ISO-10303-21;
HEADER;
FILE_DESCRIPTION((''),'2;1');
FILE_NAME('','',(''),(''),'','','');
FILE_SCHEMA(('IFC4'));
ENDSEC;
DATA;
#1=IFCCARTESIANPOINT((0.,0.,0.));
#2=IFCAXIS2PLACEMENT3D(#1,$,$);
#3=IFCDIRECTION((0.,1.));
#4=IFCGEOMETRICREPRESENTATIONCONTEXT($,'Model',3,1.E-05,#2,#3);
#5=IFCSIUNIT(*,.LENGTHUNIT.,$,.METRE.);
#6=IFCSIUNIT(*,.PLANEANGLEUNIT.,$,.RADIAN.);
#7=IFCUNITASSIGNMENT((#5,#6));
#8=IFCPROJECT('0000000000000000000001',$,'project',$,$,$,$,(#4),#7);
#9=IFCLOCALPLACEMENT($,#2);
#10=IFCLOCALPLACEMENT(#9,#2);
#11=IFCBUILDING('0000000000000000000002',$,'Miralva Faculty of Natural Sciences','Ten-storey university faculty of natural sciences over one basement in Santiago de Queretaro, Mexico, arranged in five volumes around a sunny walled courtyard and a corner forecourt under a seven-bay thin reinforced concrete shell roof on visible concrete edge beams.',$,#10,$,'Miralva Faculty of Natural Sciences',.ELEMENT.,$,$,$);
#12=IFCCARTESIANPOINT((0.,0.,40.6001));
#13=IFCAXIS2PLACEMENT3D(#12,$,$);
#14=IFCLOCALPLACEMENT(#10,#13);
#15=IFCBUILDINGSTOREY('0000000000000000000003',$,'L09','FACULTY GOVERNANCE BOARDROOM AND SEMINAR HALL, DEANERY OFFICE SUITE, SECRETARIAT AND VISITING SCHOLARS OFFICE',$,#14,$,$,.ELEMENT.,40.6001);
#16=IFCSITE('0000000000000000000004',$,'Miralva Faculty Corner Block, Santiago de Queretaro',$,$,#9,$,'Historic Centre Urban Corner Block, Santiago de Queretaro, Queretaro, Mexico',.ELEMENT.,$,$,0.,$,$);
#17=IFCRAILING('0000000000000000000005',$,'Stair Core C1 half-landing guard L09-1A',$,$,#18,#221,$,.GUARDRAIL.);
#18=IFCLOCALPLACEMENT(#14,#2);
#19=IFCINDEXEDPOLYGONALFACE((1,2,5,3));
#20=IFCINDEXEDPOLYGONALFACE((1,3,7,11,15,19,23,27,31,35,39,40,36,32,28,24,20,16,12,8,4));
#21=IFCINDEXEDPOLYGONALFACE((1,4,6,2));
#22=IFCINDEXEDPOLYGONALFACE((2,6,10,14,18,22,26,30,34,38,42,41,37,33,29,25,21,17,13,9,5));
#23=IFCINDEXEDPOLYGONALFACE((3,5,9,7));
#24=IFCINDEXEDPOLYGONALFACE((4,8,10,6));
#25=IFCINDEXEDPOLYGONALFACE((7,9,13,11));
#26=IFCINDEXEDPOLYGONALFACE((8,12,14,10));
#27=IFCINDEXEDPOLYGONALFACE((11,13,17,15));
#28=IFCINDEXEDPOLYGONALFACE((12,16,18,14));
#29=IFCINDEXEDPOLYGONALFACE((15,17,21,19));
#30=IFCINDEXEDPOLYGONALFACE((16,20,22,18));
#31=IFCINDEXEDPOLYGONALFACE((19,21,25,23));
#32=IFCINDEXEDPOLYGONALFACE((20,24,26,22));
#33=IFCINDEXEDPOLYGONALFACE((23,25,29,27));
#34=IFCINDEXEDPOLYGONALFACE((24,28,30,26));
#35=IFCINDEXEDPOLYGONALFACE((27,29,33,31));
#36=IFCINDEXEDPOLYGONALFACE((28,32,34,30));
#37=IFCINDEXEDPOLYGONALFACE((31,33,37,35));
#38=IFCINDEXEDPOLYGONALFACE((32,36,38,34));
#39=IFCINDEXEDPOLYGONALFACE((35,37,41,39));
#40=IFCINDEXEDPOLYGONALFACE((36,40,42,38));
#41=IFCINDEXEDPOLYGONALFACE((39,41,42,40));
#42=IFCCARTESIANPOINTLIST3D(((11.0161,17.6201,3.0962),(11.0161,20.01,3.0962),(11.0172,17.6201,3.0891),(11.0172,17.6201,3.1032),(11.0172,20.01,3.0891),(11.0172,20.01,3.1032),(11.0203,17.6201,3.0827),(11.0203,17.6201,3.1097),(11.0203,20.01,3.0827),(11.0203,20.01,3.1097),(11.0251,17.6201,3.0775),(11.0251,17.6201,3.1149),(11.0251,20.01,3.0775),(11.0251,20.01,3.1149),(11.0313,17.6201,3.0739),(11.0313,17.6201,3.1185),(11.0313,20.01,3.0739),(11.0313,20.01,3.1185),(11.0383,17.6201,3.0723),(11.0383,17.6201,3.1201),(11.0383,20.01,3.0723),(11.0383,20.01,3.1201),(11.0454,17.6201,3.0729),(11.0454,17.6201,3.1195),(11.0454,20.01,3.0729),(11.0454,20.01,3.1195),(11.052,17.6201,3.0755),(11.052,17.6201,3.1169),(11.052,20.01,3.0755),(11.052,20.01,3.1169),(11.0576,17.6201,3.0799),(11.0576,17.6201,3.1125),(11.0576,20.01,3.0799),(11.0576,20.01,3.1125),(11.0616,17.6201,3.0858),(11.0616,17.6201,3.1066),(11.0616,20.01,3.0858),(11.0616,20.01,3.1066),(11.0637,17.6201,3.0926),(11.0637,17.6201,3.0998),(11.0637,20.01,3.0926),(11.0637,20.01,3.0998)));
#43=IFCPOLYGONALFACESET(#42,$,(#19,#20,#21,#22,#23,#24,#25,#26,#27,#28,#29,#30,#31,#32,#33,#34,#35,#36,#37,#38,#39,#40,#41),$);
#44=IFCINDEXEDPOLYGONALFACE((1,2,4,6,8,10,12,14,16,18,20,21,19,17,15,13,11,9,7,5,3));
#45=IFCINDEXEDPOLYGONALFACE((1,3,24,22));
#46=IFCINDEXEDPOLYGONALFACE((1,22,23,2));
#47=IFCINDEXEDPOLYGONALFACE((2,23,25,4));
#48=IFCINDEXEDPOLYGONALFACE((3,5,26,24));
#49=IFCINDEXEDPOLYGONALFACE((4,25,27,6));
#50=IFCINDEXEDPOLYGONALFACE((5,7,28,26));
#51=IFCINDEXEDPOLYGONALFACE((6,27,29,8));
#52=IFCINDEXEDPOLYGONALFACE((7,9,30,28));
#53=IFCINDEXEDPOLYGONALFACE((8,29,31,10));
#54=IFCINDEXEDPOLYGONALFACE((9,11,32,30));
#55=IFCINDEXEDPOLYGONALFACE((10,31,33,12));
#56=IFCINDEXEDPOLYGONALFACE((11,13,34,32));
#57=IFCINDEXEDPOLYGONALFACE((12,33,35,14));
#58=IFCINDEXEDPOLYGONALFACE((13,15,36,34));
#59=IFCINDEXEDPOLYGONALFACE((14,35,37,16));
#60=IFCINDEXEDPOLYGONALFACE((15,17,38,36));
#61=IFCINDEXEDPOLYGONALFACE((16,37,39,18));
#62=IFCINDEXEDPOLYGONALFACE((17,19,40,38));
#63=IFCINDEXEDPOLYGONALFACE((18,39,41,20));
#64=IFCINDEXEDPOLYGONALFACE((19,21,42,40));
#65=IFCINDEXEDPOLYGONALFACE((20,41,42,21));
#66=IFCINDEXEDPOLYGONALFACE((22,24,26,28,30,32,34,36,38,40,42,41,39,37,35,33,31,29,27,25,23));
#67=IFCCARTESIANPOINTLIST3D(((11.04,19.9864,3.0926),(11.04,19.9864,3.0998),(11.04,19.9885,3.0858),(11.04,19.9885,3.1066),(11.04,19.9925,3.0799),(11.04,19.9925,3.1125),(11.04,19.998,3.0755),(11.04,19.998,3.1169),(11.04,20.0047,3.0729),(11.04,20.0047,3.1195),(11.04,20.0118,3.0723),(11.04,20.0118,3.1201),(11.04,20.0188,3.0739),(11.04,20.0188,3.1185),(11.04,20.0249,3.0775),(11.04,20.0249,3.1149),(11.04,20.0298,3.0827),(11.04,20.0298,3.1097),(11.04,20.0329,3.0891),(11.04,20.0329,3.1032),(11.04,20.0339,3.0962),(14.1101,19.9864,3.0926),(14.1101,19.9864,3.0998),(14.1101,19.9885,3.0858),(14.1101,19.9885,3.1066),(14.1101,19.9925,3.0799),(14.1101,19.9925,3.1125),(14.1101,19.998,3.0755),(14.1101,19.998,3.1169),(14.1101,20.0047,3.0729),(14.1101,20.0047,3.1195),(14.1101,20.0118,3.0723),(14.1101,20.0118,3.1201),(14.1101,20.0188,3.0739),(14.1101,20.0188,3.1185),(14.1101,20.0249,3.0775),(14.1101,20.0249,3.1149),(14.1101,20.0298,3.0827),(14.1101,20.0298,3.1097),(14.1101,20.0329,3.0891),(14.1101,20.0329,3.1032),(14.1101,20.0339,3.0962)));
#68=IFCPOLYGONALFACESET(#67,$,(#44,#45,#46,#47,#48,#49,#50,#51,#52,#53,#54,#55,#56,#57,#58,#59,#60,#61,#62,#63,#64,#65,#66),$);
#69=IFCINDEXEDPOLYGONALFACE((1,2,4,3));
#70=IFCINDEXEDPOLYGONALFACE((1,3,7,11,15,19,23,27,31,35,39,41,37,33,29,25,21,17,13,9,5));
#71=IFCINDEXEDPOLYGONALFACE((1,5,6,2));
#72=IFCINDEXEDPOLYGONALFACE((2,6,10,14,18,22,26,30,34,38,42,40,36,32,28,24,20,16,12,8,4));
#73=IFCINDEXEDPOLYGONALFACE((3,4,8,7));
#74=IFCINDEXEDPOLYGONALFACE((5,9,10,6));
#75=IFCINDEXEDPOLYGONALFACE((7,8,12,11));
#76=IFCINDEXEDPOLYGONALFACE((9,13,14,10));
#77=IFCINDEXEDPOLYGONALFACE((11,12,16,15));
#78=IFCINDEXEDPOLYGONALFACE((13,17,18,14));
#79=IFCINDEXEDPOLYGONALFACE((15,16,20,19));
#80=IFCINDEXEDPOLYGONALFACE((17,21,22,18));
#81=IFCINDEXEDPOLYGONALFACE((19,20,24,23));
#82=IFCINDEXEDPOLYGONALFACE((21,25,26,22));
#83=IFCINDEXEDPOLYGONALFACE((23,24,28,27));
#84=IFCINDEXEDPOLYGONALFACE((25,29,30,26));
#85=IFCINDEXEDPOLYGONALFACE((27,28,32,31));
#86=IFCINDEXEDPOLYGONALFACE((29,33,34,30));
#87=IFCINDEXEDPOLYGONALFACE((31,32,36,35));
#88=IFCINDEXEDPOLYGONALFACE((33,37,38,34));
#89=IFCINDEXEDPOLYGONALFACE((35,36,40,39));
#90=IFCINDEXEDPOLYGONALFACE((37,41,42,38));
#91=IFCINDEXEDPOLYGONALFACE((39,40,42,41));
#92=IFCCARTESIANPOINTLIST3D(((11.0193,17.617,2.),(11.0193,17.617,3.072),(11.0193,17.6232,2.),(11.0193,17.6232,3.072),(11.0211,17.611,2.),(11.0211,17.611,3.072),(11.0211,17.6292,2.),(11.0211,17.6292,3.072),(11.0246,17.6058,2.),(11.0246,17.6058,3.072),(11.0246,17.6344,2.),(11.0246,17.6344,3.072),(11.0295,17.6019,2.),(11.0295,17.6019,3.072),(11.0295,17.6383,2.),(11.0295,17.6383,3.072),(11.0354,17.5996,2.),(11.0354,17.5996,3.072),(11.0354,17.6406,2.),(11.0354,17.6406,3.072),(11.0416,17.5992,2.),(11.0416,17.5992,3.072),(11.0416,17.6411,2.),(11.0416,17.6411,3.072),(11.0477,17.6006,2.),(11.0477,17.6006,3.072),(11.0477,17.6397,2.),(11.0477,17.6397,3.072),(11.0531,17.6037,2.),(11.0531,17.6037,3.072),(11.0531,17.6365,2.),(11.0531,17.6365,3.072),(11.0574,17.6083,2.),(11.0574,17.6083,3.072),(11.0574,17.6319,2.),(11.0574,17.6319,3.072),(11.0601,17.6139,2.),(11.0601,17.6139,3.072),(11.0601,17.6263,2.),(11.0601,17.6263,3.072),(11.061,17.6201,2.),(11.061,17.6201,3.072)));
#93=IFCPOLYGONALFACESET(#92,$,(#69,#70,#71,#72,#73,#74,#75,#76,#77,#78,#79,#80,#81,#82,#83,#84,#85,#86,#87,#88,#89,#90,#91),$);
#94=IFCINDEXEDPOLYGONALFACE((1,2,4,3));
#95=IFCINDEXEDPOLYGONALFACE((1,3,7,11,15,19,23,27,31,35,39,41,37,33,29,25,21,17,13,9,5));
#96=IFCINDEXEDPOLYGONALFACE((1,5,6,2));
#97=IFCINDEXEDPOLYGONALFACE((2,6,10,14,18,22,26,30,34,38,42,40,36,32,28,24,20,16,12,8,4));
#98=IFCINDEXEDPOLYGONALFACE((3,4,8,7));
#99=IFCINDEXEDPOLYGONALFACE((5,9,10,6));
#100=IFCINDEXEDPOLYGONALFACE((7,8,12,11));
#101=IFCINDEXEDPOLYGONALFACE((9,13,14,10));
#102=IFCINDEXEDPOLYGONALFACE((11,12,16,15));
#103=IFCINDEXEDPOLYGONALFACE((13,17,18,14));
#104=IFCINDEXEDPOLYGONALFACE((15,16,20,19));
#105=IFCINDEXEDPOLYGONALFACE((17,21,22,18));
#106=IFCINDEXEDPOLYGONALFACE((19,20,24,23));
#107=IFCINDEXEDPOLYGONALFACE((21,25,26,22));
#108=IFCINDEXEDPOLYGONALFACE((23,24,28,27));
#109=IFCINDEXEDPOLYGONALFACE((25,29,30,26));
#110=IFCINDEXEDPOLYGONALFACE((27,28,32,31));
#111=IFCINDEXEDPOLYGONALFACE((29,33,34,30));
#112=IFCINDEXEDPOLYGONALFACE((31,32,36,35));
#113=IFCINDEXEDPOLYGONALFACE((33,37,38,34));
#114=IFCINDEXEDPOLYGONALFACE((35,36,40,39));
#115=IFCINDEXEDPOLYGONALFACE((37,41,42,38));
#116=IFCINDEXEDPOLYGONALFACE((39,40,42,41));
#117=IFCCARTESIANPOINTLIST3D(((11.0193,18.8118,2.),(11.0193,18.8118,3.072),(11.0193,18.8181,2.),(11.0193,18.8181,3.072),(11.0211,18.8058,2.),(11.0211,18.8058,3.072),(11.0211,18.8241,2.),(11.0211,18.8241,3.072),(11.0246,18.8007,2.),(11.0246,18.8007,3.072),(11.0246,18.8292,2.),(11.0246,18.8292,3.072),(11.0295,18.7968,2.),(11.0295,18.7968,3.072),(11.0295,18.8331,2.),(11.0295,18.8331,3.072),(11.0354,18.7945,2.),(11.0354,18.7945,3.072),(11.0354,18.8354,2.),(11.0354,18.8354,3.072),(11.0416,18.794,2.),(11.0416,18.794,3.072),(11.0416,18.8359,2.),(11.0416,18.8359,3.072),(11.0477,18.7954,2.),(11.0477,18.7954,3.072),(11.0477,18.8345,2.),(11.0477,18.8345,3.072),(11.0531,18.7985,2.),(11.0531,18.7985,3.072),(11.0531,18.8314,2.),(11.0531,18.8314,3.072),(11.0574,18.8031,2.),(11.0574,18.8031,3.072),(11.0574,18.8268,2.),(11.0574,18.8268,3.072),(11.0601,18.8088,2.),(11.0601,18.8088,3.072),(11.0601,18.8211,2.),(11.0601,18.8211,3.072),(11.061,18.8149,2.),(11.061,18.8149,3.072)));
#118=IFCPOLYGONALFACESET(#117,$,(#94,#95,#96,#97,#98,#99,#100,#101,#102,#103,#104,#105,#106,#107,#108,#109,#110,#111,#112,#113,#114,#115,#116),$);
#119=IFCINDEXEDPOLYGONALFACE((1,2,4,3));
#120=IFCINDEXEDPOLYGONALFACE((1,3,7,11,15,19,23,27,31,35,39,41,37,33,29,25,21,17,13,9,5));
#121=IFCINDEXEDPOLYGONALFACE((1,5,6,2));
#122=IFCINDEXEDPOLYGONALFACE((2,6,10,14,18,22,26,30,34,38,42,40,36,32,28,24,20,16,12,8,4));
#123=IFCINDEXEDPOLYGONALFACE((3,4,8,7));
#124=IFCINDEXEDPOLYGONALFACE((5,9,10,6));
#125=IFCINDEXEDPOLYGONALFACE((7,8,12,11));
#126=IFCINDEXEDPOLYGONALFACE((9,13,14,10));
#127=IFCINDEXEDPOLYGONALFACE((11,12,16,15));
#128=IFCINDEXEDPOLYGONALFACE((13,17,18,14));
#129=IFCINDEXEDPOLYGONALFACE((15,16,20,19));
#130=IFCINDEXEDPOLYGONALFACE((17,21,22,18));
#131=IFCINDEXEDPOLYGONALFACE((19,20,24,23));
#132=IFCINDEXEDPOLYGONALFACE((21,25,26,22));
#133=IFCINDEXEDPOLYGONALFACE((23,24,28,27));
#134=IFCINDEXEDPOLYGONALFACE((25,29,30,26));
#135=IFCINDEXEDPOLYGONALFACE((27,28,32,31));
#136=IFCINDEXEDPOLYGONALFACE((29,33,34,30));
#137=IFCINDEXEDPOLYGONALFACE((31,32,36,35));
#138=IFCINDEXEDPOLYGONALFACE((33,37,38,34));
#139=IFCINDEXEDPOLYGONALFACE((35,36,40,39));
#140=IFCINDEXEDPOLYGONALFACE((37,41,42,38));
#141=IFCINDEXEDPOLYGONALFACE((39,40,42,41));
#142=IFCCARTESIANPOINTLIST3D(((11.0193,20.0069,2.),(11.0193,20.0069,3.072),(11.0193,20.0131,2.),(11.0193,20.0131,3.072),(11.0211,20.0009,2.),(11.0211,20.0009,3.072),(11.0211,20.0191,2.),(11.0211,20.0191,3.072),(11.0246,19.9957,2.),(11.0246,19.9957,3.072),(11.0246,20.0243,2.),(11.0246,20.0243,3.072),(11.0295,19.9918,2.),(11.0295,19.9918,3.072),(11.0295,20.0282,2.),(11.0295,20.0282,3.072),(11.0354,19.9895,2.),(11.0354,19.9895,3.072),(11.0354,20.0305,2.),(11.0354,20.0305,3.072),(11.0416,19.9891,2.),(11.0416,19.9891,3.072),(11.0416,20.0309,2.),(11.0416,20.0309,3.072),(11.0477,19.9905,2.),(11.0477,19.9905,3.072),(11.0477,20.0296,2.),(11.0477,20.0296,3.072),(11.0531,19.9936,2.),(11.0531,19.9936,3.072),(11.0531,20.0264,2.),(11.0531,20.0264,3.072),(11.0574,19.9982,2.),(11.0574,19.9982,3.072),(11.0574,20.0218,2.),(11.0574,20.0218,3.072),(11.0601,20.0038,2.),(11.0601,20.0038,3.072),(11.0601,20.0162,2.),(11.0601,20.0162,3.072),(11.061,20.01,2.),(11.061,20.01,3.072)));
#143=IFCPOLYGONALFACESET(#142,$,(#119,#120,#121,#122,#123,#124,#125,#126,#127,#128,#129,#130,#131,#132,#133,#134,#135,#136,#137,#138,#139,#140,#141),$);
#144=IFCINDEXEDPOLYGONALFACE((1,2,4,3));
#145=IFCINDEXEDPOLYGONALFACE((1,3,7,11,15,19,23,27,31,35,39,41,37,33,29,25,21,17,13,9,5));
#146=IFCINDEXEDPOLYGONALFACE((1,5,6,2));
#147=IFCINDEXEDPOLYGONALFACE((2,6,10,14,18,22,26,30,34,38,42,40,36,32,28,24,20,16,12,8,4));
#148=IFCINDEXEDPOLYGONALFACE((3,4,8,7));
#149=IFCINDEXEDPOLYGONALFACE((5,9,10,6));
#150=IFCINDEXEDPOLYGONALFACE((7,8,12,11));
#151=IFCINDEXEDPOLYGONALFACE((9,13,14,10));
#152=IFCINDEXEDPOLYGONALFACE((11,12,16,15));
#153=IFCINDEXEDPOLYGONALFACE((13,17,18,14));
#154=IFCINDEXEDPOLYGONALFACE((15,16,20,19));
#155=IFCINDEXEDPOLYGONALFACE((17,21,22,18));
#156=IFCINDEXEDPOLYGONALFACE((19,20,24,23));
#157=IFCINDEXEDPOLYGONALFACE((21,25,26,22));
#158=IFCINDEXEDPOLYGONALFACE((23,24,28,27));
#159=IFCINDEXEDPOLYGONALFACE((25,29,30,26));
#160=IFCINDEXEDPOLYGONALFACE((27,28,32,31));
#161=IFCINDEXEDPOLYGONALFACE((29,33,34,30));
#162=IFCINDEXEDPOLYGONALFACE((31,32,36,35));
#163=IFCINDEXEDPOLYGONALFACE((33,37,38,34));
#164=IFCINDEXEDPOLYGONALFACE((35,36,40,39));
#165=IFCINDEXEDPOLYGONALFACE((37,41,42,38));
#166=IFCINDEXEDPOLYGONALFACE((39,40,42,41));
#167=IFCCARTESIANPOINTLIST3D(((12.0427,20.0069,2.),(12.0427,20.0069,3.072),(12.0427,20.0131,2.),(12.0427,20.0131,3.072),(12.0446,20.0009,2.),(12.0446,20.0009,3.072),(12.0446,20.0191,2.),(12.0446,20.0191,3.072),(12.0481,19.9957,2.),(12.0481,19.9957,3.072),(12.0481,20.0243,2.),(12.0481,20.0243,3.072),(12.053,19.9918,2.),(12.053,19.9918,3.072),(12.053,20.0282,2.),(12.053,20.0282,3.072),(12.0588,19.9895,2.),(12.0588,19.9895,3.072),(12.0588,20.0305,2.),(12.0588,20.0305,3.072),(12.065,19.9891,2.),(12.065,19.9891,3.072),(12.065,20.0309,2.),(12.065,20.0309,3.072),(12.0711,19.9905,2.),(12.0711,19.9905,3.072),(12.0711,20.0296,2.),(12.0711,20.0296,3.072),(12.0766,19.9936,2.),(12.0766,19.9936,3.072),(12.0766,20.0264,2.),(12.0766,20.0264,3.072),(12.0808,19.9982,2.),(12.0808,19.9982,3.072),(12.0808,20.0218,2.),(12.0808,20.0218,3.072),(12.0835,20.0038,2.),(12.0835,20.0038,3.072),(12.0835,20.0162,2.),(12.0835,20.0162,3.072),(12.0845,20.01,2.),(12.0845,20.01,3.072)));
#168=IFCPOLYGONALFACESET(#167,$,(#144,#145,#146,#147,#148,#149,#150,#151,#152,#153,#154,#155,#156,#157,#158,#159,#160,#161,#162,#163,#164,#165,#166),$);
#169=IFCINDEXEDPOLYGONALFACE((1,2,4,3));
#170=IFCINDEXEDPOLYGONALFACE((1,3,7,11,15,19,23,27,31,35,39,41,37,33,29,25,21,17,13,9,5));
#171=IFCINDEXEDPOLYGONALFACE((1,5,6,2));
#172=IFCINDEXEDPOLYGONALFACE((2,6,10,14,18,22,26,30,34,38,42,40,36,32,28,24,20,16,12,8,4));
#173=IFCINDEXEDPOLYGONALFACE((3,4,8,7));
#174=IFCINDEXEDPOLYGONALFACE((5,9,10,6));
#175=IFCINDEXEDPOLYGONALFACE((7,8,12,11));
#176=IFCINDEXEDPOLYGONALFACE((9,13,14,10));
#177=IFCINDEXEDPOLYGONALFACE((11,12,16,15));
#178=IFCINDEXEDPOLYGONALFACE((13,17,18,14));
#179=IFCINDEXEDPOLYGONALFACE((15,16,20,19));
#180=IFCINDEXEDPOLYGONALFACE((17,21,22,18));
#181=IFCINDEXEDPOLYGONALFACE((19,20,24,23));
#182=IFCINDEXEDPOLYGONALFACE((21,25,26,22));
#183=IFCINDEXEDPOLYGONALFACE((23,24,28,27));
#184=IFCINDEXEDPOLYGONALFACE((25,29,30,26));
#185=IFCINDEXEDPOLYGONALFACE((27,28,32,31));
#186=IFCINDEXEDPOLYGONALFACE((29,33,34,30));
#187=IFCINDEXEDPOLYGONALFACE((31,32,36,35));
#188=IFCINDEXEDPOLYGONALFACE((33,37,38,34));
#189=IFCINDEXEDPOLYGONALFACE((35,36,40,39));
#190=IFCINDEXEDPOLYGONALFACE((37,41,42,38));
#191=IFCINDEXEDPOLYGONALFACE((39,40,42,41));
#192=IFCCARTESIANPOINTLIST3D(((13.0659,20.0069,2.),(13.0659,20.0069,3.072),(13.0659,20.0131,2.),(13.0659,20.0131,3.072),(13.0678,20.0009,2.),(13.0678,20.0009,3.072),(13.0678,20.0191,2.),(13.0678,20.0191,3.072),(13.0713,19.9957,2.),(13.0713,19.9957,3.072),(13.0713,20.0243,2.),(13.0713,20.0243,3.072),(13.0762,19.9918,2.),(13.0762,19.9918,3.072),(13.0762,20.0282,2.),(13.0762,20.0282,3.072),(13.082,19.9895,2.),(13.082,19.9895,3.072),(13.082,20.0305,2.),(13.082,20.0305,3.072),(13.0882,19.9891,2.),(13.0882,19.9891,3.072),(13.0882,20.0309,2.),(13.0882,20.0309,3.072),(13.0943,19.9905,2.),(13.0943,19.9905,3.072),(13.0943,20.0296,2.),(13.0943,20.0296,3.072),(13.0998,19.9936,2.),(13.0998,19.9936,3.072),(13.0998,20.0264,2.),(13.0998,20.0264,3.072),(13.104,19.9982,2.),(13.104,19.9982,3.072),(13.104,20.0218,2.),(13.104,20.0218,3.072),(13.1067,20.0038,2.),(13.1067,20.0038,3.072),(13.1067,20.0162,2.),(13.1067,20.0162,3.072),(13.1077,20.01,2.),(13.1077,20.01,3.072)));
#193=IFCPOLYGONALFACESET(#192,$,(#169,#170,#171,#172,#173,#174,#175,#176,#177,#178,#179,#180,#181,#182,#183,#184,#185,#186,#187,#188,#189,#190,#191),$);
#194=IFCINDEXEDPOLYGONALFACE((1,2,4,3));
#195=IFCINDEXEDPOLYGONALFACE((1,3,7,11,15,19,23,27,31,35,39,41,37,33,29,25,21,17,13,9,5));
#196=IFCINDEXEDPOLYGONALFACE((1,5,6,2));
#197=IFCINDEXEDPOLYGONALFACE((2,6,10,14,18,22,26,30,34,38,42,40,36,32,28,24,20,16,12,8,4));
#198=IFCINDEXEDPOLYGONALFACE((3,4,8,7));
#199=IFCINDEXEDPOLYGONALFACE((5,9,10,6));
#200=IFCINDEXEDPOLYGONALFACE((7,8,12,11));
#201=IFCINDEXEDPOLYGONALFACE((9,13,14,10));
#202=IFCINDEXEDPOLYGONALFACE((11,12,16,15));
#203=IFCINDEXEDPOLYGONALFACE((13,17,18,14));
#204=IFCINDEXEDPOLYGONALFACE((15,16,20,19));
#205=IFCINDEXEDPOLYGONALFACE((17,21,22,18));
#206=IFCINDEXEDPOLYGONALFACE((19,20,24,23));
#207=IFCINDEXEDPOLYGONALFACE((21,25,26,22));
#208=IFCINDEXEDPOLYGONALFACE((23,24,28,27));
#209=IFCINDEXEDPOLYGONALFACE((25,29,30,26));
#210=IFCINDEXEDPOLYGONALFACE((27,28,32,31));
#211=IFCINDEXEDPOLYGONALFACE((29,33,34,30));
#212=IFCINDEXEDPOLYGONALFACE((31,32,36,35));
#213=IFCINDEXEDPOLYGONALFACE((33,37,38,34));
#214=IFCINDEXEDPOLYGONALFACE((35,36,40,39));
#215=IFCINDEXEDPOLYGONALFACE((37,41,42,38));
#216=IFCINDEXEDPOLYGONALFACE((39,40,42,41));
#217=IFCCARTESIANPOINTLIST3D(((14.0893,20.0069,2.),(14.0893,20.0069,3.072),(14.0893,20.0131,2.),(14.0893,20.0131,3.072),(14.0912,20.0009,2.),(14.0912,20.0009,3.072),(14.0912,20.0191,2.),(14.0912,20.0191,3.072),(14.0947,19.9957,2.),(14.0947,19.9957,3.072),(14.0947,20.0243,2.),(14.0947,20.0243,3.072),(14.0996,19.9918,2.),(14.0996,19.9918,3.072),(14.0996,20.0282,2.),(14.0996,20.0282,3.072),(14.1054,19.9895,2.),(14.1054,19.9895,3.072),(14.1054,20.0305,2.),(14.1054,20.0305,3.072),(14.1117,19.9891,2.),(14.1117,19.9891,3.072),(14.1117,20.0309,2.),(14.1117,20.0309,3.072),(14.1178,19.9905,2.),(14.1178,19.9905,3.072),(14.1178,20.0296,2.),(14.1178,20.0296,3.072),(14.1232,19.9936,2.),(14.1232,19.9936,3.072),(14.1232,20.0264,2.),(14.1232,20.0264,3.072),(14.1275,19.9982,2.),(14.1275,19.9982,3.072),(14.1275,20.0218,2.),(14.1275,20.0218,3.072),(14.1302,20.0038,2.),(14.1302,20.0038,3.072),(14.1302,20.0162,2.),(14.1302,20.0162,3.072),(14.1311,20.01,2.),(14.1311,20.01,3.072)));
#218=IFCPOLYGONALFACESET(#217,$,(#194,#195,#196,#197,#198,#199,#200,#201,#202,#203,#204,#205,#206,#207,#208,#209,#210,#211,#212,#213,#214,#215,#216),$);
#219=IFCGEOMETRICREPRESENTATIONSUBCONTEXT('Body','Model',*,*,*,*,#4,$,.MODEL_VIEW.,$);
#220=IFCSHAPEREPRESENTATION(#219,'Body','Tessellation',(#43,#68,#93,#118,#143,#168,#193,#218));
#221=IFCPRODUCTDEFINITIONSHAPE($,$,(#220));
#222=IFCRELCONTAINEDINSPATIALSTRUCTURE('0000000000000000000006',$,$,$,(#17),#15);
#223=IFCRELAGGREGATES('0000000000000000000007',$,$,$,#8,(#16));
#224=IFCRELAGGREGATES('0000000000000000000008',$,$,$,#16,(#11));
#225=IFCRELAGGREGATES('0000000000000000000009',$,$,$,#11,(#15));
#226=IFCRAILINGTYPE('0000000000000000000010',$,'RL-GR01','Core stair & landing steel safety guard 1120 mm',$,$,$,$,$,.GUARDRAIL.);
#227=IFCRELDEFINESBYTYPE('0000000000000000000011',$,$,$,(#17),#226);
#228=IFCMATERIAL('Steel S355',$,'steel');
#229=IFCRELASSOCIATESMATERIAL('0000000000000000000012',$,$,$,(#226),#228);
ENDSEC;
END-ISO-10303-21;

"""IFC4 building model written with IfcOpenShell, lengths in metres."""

from ifc_helpers import new_model, si_unit, direction, frame, origin, origin_2d, place, context, subcontext, project, spatial, circle, extrude, material, type_object, element, save


model = new_model("IFC4")

# Units and contexts
model_context = context("Model", 3, precision=1e-05, world=origin(), true_north=direction((0.0, 1.0)))
body_context = subcontext(model_context, "Body", "Model", "MODEL_VIEW")
ifc_project = project(units=[si_unit("LENGTHUNIT", "METRE"), si_unit("PLANEANGLEUNIT", "RADIAN")], contexts=[model_context])

# Site, building, storey
site_placement = place(None, origin())
site = spatial("IfcSite", under=ifc_project, at=site_placement, Name="Miralva Faculty Corner Block, Santiago de Queretaro", LongName="Historic Centre Urban Corner Block, Santiago de Queretaro, Queretaro, Mexico", CompositionType="ELEMENT", RefElevation=0.0)
building_placement = place(site_placement, origin())
building = spatial("IfcBuilding", under=site, at=building_placement, Name="Miralva Faculty of Natural Sciences", Description="Ten-storey university faculty of natural sciences over one basement in Santiago de Queretaro, Mexico, arranged in five volumes around a sunny walled courtyard and a corner forecourt under a seven-bay thin reinforced concrete shell roof on visible concrete edge beams.", LongName="Miralva Faculty of Natural Sciences", CompositionType="ELEMENT")
storey_placement = place(building_placement, frame((0.0, 0.0, 40.6001)))
storey = spatial("IfcBuildingStorey", under=building, at=storey_placement, Name="L09", Description="FACULTY GOVERNANCE BOARDROOM AND SEMINAR HALL, DEANERY OFFICE SUITE, SECRETARIAT AND VISITING SCHOLARS OFFICE", CompositionType="ELEMENT", Elevation=40.6001)

# Railing
ifc_material_1 = material(Name="Steel S355", Category="steel")
railing_type_1 = type_object("IfcRailingType", Name="RL-GR01", Description="Core stair & landing steel safety guard 1120 mm", PredefinedType="GUARDRAIL", material=ifc_material_1)
railing_1_placement = place(storey_placement, frame((11.04, 17.6201, 2.0)))
element("IfcRailing", 1, at=railing_1_placement, inside=storey, type_object=railing_type_1, Name="Stair Core C1 half-landing guard L09-1A", PredefinedType="GUARDRAIL", context=body_context, shape_type="SweptSolid", body=[
    extrude(circle(Radius=0.0239, at=origin_2d()), frame((0.0, 0.0, 1.0962), z_axis=(0.0, 1.0, 0.0), x_axis=(-1.0, 0.0, 0.0)), (0.0, 0.0, 1.0), 2.3899),
    extrude(circle(Radius=0.0239, at=origin_2d()), frame((0.0, 2.3899, 1.0962), z_axis=(1.0, 0.0, 0.0), x_axis=(0.0, 1.0, 0.0)), (0.0, 0.0, 1.0), 3.0701),
    extrude(circle(Radius=0.021, at=origin_2d()), origin(), (0.0, 0.0, 1.0), 1.072),
    extrude(circle(Radius=0.021, at=origin_2d()), frame((0.0, 1.1948, 0.0)), (0.0, 0.0, 1.0), 1.072),
    extrude(circle(Radius=0.021, at=origin_2d()), frame((0.0, 2.3899, 0.0)), (0.0, 0.0, 1.0), 1.072),
    extrude(circle(Radius=0.021, at=origin_2d()), frame((1.0234, 2.3899, 0.0)), (0.0, 0.0, 1.0), 1.072),
    extrude(circle(Radius=0.021, at=origin_2d()), frame((2.0466, 2.3899, 0.0)), (0.0, 0.0, 1.0), 1.072),
    extrude(circle(Radius=0.021, at=origin_2d()), frame((3.0701, 2.3899, 0.0)), (0.0, 0.0, 1.0), 1.072),
])

save(model, "model.ifc")
